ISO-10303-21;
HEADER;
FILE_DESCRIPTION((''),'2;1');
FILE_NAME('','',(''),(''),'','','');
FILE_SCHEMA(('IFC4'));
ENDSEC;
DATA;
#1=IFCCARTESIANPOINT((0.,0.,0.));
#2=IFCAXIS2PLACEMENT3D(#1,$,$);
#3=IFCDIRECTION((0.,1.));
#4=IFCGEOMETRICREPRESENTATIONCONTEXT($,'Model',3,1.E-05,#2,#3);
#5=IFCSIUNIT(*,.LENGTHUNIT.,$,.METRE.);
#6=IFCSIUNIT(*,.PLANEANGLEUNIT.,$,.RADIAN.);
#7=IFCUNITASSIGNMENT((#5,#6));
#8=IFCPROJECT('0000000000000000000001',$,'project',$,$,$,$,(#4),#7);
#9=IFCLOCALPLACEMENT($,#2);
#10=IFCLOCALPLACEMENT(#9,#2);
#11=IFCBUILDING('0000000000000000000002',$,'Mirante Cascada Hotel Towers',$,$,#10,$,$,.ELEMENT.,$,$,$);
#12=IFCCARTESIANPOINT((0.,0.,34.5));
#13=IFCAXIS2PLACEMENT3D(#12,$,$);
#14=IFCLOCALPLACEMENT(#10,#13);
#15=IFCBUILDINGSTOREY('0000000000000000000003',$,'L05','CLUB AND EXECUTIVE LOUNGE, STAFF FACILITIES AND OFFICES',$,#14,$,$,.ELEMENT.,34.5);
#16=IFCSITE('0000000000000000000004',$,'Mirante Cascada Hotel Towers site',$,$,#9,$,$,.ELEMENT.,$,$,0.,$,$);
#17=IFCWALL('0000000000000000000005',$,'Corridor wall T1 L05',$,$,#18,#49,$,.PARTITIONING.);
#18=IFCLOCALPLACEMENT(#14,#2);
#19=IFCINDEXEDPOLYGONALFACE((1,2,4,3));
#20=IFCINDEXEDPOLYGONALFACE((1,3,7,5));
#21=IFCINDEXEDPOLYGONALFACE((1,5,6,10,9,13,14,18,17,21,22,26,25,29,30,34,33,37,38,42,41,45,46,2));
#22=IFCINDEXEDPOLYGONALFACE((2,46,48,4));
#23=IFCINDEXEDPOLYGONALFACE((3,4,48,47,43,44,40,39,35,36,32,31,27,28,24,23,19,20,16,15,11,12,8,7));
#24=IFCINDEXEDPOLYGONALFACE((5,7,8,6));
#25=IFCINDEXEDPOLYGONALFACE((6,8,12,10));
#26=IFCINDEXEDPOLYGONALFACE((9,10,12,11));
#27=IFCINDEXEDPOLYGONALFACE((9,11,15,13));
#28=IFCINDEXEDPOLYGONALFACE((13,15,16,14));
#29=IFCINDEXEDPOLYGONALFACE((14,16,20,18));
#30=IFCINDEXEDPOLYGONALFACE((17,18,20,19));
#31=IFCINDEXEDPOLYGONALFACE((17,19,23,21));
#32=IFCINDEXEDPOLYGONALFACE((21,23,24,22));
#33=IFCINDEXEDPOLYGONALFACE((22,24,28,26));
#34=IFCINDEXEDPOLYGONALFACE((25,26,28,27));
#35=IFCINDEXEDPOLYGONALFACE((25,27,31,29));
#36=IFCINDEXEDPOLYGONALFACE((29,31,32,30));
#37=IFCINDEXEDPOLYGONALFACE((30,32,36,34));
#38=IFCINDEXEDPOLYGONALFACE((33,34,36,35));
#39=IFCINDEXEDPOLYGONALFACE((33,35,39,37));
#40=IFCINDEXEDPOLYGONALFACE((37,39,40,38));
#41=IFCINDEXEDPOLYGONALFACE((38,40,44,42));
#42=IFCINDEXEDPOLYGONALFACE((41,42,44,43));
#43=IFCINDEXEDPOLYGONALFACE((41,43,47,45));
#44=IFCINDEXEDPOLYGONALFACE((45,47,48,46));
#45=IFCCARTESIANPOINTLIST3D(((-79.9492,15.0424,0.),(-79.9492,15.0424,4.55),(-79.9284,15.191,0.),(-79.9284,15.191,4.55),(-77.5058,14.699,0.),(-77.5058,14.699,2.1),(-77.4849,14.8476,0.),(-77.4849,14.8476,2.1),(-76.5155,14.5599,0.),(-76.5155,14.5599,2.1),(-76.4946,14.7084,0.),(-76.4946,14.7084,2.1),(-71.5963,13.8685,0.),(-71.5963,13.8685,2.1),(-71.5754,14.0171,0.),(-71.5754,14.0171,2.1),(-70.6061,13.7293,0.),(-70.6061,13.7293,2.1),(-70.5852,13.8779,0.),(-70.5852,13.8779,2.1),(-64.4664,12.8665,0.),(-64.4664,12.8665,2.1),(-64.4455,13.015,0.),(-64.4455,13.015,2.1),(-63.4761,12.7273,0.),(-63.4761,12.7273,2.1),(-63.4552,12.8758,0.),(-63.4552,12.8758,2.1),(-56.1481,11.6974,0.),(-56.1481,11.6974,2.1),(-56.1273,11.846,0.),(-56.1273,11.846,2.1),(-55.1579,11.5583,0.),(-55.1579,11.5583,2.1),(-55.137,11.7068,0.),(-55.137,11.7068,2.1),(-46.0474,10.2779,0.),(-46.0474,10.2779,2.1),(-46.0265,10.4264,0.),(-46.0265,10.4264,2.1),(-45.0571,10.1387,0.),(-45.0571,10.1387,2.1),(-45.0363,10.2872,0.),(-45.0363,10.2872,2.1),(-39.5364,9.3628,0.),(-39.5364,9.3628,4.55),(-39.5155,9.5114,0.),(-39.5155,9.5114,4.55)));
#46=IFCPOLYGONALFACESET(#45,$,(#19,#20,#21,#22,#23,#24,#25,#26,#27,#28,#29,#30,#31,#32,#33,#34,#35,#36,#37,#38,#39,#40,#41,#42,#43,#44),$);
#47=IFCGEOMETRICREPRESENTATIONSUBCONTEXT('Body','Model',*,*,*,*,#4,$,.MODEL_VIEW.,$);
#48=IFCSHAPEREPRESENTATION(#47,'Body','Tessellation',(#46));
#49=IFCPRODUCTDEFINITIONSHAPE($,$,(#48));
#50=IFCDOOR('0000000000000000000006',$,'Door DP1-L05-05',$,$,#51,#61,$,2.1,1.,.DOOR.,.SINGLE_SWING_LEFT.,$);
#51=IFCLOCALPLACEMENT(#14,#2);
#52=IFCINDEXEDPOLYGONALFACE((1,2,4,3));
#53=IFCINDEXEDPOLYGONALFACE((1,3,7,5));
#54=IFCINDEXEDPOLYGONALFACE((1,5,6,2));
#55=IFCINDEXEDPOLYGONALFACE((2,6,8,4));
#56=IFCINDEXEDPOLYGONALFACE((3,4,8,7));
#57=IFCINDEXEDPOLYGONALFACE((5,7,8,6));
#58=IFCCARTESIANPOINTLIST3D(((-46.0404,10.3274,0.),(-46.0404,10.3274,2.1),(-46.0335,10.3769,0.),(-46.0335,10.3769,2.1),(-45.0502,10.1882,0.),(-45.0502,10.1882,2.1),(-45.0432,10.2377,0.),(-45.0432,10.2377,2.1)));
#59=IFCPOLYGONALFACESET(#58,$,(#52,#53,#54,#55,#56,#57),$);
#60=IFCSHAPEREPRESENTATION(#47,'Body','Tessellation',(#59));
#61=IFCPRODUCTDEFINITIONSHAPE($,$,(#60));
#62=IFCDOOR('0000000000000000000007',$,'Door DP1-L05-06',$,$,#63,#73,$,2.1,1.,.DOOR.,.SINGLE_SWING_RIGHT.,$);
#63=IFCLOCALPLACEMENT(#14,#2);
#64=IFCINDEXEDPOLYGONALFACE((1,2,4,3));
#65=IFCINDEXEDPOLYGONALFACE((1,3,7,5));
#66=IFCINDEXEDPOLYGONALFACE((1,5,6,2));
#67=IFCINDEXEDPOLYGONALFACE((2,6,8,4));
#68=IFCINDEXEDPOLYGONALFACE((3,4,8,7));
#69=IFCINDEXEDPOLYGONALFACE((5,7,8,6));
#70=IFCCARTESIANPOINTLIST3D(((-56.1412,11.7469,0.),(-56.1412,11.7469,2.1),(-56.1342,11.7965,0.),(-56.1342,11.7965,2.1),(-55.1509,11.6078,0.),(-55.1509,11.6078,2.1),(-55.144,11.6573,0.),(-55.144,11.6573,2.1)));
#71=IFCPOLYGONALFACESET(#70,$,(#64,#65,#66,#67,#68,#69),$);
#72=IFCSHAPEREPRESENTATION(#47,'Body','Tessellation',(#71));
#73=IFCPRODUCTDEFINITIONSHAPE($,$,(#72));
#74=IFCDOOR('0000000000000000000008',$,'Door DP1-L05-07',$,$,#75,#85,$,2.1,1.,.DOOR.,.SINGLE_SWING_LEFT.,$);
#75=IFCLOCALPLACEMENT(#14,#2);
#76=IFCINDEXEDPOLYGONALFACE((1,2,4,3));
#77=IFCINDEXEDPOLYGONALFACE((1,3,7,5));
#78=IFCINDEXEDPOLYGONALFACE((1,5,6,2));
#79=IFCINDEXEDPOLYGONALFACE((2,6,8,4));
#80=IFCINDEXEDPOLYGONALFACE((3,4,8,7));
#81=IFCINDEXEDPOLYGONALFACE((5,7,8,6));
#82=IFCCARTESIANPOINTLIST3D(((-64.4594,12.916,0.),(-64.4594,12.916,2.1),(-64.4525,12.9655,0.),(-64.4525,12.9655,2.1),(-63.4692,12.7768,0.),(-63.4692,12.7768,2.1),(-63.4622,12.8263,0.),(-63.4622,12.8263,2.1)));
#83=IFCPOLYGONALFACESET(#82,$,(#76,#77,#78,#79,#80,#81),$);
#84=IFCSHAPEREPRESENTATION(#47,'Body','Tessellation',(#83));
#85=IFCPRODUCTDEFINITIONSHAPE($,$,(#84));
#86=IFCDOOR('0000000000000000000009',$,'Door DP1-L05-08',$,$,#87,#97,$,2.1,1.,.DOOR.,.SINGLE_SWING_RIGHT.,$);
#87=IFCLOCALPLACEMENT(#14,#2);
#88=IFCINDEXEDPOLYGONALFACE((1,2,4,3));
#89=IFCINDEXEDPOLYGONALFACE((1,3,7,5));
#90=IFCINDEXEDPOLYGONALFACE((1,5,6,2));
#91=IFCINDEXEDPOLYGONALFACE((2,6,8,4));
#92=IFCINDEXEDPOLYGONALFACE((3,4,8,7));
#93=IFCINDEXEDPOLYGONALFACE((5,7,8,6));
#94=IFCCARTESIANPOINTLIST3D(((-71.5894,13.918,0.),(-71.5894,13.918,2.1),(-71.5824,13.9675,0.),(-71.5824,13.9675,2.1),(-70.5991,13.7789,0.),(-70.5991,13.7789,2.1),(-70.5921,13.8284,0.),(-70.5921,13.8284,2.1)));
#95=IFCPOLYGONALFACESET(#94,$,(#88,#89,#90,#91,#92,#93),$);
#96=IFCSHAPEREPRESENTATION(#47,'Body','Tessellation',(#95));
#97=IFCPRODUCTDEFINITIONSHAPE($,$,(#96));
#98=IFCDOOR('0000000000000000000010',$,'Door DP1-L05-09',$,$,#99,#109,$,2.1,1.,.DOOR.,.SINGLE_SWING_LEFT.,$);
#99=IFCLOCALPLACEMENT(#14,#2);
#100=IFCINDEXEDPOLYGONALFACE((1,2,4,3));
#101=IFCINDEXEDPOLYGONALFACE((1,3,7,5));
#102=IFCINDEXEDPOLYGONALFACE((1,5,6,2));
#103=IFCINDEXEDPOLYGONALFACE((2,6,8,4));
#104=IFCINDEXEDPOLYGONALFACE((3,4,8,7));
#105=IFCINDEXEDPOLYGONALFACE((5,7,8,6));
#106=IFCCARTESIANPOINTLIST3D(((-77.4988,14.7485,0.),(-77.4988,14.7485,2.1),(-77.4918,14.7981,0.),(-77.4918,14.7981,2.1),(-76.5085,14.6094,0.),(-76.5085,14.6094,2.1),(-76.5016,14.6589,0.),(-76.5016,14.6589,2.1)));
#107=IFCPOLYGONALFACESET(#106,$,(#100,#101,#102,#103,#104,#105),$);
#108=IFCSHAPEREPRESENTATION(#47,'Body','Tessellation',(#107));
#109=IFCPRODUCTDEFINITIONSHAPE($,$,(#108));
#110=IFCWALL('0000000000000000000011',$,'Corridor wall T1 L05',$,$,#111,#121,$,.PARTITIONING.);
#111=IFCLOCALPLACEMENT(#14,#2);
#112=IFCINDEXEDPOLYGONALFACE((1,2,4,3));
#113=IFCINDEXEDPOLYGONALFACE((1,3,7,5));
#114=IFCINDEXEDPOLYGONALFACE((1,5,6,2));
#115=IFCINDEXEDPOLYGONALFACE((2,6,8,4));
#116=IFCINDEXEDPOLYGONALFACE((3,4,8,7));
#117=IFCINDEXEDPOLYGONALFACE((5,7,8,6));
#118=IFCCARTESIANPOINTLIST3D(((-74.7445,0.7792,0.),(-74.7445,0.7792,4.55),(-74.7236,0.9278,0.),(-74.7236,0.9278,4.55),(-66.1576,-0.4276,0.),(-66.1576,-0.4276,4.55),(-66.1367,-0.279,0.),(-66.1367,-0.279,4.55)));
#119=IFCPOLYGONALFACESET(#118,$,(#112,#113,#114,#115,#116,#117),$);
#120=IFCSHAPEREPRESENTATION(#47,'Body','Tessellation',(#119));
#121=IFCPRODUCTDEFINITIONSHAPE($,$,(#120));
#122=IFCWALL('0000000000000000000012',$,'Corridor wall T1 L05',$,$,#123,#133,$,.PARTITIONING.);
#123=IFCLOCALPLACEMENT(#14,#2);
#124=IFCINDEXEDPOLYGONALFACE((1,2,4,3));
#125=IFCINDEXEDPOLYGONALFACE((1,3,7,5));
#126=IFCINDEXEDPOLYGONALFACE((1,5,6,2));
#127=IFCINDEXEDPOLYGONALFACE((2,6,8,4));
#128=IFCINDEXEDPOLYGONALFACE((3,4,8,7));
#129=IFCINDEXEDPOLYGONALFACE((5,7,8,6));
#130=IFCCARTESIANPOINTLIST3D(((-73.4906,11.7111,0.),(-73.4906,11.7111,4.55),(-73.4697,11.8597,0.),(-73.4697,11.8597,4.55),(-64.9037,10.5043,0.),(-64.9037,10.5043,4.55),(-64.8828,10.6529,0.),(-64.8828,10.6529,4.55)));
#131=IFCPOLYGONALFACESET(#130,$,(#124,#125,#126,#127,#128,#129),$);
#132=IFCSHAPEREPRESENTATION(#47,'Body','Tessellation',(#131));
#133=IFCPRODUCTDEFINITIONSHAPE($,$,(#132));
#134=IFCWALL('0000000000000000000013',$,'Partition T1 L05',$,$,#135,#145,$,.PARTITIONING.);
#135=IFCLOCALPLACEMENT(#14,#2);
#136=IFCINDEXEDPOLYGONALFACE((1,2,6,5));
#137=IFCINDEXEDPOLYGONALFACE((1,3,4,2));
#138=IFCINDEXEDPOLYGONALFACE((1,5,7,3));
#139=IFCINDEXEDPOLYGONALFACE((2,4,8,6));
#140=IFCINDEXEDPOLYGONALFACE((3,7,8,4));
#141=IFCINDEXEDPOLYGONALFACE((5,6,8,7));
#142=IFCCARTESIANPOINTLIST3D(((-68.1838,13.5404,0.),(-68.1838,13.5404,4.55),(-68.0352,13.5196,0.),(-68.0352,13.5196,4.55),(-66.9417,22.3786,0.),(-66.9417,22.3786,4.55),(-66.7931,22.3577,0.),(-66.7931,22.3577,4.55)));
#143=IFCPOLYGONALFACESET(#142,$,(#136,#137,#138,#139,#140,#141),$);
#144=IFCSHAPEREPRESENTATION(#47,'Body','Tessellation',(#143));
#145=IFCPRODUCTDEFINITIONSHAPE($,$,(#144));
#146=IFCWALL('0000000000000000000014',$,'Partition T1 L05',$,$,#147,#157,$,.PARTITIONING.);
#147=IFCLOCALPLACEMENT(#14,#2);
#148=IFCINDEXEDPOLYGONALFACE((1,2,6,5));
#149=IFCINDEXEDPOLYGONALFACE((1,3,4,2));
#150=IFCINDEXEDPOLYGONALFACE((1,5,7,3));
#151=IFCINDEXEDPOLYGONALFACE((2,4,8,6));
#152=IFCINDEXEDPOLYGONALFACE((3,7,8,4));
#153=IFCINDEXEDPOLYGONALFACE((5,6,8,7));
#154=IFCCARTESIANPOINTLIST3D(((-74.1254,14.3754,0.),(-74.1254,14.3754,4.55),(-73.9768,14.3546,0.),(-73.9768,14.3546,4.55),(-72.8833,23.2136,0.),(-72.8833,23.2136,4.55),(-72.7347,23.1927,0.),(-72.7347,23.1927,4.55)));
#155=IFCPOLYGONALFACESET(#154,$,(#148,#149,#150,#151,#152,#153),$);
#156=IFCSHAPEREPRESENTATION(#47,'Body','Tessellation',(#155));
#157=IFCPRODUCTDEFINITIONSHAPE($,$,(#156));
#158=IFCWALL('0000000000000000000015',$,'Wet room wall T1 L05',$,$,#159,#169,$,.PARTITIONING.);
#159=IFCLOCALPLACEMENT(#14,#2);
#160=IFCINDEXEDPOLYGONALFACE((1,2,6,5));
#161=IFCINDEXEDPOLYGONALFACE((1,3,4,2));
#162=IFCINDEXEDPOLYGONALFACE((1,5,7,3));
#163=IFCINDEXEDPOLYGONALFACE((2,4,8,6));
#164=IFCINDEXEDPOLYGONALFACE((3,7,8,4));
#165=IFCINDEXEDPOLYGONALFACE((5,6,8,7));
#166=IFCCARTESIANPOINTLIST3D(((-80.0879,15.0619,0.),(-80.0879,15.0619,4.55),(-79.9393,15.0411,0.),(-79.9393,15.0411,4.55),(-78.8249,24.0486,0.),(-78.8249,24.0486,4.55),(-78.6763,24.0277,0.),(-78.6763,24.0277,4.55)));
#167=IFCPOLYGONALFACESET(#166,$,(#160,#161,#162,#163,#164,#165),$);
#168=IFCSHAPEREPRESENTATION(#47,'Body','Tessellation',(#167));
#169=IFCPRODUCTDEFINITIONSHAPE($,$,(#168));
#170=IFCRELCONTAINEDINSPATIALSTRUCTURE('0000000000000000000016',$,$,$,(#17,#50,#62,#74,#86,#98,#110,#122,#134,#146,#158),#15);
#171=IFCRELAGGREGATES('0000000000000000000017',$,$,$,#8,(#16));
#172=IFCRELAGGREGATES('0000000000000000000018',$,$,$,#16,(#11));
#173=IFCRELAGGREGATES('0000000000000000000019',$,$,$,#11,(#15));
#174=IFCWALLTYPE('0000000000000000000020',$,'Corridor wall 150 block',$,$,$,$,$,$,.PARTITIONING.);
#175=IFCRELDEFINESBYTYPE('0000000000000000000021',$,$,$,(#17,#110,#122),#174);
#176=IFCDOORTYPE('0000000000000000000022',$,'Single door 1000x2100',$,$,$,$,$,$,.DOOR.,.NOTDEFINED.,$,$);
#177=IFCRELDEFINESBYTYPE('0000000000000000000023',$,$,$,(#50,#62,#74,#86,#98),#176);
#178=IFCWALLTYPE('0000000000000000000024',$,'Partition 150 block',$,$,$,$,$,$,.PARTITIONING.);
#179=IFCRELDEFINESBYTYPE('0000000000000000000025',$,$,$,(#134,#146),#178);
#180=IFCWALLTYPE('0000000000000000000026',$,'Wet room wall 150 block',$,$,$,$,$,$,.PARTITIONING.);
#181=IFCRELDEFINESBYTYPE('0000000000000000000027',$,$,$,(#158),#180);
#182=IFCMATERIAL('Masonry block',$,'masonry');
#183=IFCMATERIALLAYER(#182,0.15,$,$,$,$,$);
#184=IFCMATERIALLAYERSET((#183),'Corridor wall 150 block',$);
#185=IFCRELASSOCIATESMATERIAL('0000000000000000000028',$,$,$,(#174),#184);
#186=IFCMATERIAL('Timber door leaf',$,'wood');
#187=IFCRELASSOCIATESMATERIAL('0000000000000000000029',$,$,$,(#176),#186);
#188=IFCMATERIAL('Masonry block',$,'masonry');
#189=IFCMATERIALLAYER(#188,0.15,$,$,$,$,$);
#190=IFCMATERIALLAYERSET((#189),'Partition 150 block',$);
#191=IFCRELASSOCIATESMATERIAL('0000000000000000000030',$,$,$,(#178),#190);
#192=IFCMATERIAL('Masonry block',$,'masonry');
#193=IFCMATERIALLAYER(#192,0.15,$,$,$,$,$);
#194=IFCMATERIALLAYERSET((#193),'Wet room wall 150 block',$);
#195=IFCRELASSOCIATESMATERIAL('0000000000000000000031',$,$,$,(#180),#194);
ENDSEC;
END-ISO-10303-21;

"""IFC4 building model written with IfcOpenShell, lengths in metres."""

from ifc_helpers import new_model, si_unit, direction, frame, frame_2d, origin, place, context, subcontext, project, spatial, rectangle, extrude, material, layer, layer_set, type_object, element, fill, save


model = new_model("IFC4")

# Units and contexts
model_context = context("Model", 3, precision=1e-05, world=origin(), true_north=direction((0.0, 1.0)))
body_context = subcontext(model_context, "Body", "Model", "MODEL_VIEW")
ifc_project = project(units=[si_unit("LENGTHUNIT", "METRE"), si_unit("PLANEANGLEUNIT", "RADIAN")], contexts=[model_context])

# Site, building, storey
site_placement = place(None, origin())
site = spatial("IfcSite", under=ifc_project, at=site_placement, Name="Mirante Cascada Hotel Towers site", CompositionType="ELEMENT", RefElevation=0.0)
building_placement = place(site_placement, origin())
building = spatial("IfcBuilding", under=site, at=building_placement, Name="Mirante Cascada Hotel Towers", CompositionType="ELEMENT")
storey_placement = place(building_placement, frame((0.0, 0.0, 34.5)))
storey = spatial("IfcBuildingStorey", under=building, at=storey_placement, Name="L05", Description="CLUB AND EXECUTIVE LOUNGE, STAFF FACILITIES AND OFFICES", CompositionType="ELEMENT", Elevation=34.5)

# Wall, openings, doors
ifc_material_1 = material(Name="Masonry block", Category="masonry")
ifc_layer_1 = layer(ifc_material_1, 0.15)
ifc_layer_set_1 = layer_set([ifc_layer_1], Name="Corridor wall 150 block")
wall_type_1 = type_object("IfcWallType", Name="Corridor wall 150 block", PredefinedType="PARTITIONING", material=ifc_layer_set_1)
wall_1_placement = place(storey_placement, frame((-79.9388, 15.1167, 0.0), z_axis=(0.0, 0.0, 1.0), x_axis=(0.990268, -0.139172, 0.0)))
wall_1 = element("IfcWall", 1, at=wall_1_placement, inside=storey, type_object=wall_type_1, Name="Corridor wall T1 L05", PredefinedType="PARTITIONING", context=body_context, shape_type="SweptSolid", body=[
    extrude(rectangle(XDim=40.81, YDim=0.15, at=frame_2d((20.405, 0.0))), origin(), (0.0, 0.0, 1.0), 4.55),
])
opening_1_placement = place(wall_1_placement, frame((34.235, 0.0, 0.0)))
opening_1 = element("IfcOpeningElement", 2, at=opening_1_placement, cuts=wall_1, PredefinedType="OPENING", context=body_context, shape_type="SweptSolid", body=[
    extrude(rectangle(XDim=1.0, YDim=2.1, at=frame_2d((0.5, 1.05))), frame((0.0, 0.075, 0.0), z_axis=(0.0, -1.0, 0.0), x_axis=(1.0, 0.0, 0.0)), (0.0, 0.0, 1.0), 0.15),
])
opening_2_placement = place(wall_1_placement, frame((24.035, 0.0, 0.0)))
opening_2 = element("IfcOpeningElement", 3, at=opening_2_placement, cuts=wall_1, PredefinedType="OPENING", context=body_context, shape_type="SweptSolid", body=[
    extrude(rectangle(XDim=1.0, YDim=2.1, at=frame_2d((0.5, 1.05))), frame((0.0, 0.075, 0.0), z_axis=(0.0, -1.0, 0.0), x_axis=(1.0, 0.0, 0.0)), (0.0, 0.0, 1.0), 0.15),
])
opening_3_placement = place(wall_1_placement, frame((15.635, 0.0, 0.0)))
opening_3 = element("IfcOpeningElement", 4, at=opening_3_placement, cuts=wall_1, PredefinedType="OPENING", context=body_context, shape_type="SweptSolid", body=[
    extrude(rectangle(XDim=1.0, YDim=2.1, at=frame_2d((0.5, 1.05))), frame((0.0, 0.075, 0.0), z_axis=(0.0, -1.0, 0.0), x_axis=(1.0, 0.0, 0.0)), (0.0, 0.0, 1.0), 0.15),
])
opening_4_placement = place(wall_1_placement, frame((8.435, 0.0, 0.0)))
opening_4 = element("IfcOpeningElement", 5, at=opening_4_placement, cuts=wall_1, PredefinedType="OPENING", context=body_context, shape_type="SweptSolid", body=[
    extrude(rectangle(XDim=1.0, YDim=2.1, at=frame_2d((0.5, 1.05))), frame((0.0, 0.075, 0.0), z_axis=(0.0, -1.0, 0.0), x_axis=(1.0, 0.0, 0.0)), (0.0, 0.0, 1.0), 0.15),
])
opening_5_placement = place(wall_1_placement, frame((2.4675, 0.0, 0.0)))
opening_5 = element("IfcOpeningElement", 6, at=opening_5_placement, cuts=wall_1, PredefinedType="OPENING", context=body_context, shape_type="SweptSolid", body=[
    extrude(rectangle(XDim=1.0, YDim=2.1, at=frame_2d((0.5, 1.05))), frame((0.0, 0.075, 0.0), z_axis=(0.0, -1.0, 0.0), x_axis=(1.0, 0.0, 0.0)), (0.0, 0.0, 1.0), 0.15),
])
ifc_material_2 = material(Name="Timber door leaf", Category="wood")
door_type = type_object("IfcDoorType", Name="Single door 1000x2100", OperationType="NOTDEFINED", PredefinedType="DOOR", material=ifc_material_2)
door_1_placement = place(opening_1_placement, frame((1.0, 0.0, 0.0), z_axis=(0.0, 0.0, 1.0), x_axis=(-1.0, 0.0, 0.0)))
door_1 = element("IfcDoor", 7, at=door_1_placement, inside=storey, type_object=door_type, Name="Door DP1-L05-05", OperationType="SINGLE_SWING_LEFT", OverallHeight=2.1, OverallWidth=1.0, PredefinedType="DOOR", context=body_context, shape_type="SweptSolid", body=[
    extrude(rectangle(XDim=1.0, YDim=2.1, at=frame_2d((0.5, 1.05))), frame((0.0, 0.025, 0.0), z_axis=(0.0, -1.0, 0.0), x_axis=(1.0, 0.0, 0.0)), (0.0, 0.0, 1.0), 0.05),
])
fill(opening_1, door_1)
door_2_placement = place(opening_2_placement, origin())
door_2 = element("IfcDoor", 8, at=door_2_placement, inside=storey, type_object=door_type, Name="Door DP1-L05-06", OperationType="SINGLE_SWING_RIGHT", OverallHeight=2.1, OverallWidth=1.0, PredefinedType="DOOR", context=body_context, shape_type="SweptSolid", body=[
    extrude(rectangle(XDim=1.0, YDim=2.1, at=frame_2d((0.5, 1.05))), frame((0.0, 0.025, 0.0), z_axis=(0.0, -1.0, 0.0), x_axis=(1.0, 0.0, 0.0)), (0.0, 0.0, 1.0), 0.05),
])
fill(opening_2, door_2)
door_3_placement = place(opening_3_placement, origin())
door_3 = element("IfcDoor", 9, at=door_3_placement, inside=storey, type_object=door_type, Name="Door DP1-L05-07", OperationType="SINGLE_SWING_LEFT", OverallHeight=2.1, OverallWidth=1.0, PredefinedType="DOOR", context=body_context, shape_type="SweptSolid", body=[
    extrude(rectangle(XDim=1.0, YDim=2.1, at=frame_2d((0.5, 1.05))), frame((0.0, 0.025, 0.0), z_axis=(0.0, -1.0, 0.0), x_axis=(1.0, 0.0, 0.0)), (0.0, 0.0, 1.0), 0.05),
])
fill(opening_3, door_3)
door_4_placement = place(opening_4_placement, origin())
door_4 = element("IfcDoor", 10, at=door_4_placement, inside=storey, type_object=door_type, Name="Door DP1-L05-08", OperationType="SINGLE_SWING_RIGHT", OverallHeight=2.1, OverallWidth=1.0, PredefinedType="DOOR", context=body_context, shape_type="SweptSolid", body=[
    extrude(rectangle(XDim=1.0, YDim=2.1, at=frame_2d((0.5, 1.05))), frame((0.0, 0.025, 0.0), z_axis=(0.0, -1.0, 0.0), x_axis=(1.0, 0.0, 0.0)), (0.0, 0.0, 1.0), 0.05),
])
fill(opening_4, door_4)
door_5_placement = place(opening_5_placement, origin())
door_5 = element("IfcDoor", 11, at=door_5_placement, inside=storey, type_object=door_type, Name="Door DP1-L05-09", OperationType="SINGLE_SWING_LEFT", OverallHeight=2.1, OverallWidth=1.0, PredefinedType="DOOR", context=body_context, shape_type="SweptSolid", body=[
    extrude(rectangle(XDim=1.0, YDim=2.1, at=frame_2d((0.5, 1.05))), frame((0.0, 0.025, 0.0), z_axis=(0.0, -1.0, 0.0), x_axis=(1.0, 0.0, 0.0)), (0.0, 0.0, 1.0), 0.05),
])
fill(opening_5, door_5)

# Walls
for number, where, z_axis, x_axis, name in (
    (12, (-74.734, 0.8535, 0.0), (0.0, 0.0, 1.0), (0.990268, -0.139172, 0.0), "Corridor wall T1 L05"),
    (13, (-73.4801, 11.7854, 0.0), (0.0, 0.0, 1.0), (0.990268, -0.139172, 0.0), "Corridor wall T1 L05"),
):
    element("IfcWall", number, at=place(storey_placement, frame(where, z_axis=z_axis, x_axis=x_axis)), inside=storey, type_object=wall_type_1, Name=name, PredefinedType="PARTITIONING", context=body_context, shape_type="SweptSolid", body=[
        extrude(rectangle(XDim=8.6713, YDim=0.15, at=frame_2d((4.3356, 0.0))), origin(), (0.0, 0.0, 1.0), 4.55),
    ])
ifc_material_3 = material(Name="Masonry block", Category="masonry")
ifc_layer_2 = layer(ifc_material_3, 0.15)
ifc_layer_set_2 = layer_set([ifc_layer_2], Name="Partition 150 block")
wall_type_2 = type_object("IfcWallType", Name="Partition 150 block", PredefinedType="PARTITIONING", material=ifc_layer_set_2)
for number, where, z_axis, x_axis, name in (
    (14, (-68.1095, 13.53, 0.0), (0.0, 0.0, 1.0), (0.139172, 0.990268, 0.0), "Partition T1 L05"),
    (15, (-74.0511, 14.365, 0.0), (0.0, 0.0, 1.0), (0.139172, 0.990268, 0.0), "Partition T1 L05"),
):
    element("IfcWall", number, at=place(storey_placement, frame(where, z_axis=z_axis, x_axis=x_axis)), inside=storey, type_object=wall_type_2, Name=name, PredefinedType="PARTITIONING", context=body_context, shape_type="SweptSolid", body=[
        extrude(rectangle(XDim=8.925, YDim=0.15, at=frame_2d((4.4625, 0.0))), origin(), (0.0, 0.0, 1.0), 4.55),
    ])
ifc_material_4 = material(Name="Masonry block", Category="masonry")
ifc_layer_3 = layer(ifc_material_4, 0.15)
ifc_layer_set_3 = layer_set([ifc_layer_3], Name="Wet room wall 150 block")
wall_type_3 = type_object("IfcWallType", Name="Wet room wall 150 block", PredefinedType="PARTITIONING", material=ifc_layer_set_3)
wall_2_placement = place(storey_placement, frame((-80.0136, 15.0515, 0.0), z_axis=(0.0, 0.0, 1.0), x_axis=(0.139173, 0.990268, 0.0)))
element("IfcWall", 16, at=wall_2_placement, inside=storey, type_object=wall_type_3, Name="Wet room wall T1 L05", PredefinedType="PARTITIONING", context=body_context, shape_type="SweptSolid", body=[
    extrude(rectangle(XDim=9.075, YDim=0.15, at=frame_2d((4.5375, 0.0))), origin(), (0.0, 0.0, 1.0), 4.55),
])

save(model, "model.ifc")
